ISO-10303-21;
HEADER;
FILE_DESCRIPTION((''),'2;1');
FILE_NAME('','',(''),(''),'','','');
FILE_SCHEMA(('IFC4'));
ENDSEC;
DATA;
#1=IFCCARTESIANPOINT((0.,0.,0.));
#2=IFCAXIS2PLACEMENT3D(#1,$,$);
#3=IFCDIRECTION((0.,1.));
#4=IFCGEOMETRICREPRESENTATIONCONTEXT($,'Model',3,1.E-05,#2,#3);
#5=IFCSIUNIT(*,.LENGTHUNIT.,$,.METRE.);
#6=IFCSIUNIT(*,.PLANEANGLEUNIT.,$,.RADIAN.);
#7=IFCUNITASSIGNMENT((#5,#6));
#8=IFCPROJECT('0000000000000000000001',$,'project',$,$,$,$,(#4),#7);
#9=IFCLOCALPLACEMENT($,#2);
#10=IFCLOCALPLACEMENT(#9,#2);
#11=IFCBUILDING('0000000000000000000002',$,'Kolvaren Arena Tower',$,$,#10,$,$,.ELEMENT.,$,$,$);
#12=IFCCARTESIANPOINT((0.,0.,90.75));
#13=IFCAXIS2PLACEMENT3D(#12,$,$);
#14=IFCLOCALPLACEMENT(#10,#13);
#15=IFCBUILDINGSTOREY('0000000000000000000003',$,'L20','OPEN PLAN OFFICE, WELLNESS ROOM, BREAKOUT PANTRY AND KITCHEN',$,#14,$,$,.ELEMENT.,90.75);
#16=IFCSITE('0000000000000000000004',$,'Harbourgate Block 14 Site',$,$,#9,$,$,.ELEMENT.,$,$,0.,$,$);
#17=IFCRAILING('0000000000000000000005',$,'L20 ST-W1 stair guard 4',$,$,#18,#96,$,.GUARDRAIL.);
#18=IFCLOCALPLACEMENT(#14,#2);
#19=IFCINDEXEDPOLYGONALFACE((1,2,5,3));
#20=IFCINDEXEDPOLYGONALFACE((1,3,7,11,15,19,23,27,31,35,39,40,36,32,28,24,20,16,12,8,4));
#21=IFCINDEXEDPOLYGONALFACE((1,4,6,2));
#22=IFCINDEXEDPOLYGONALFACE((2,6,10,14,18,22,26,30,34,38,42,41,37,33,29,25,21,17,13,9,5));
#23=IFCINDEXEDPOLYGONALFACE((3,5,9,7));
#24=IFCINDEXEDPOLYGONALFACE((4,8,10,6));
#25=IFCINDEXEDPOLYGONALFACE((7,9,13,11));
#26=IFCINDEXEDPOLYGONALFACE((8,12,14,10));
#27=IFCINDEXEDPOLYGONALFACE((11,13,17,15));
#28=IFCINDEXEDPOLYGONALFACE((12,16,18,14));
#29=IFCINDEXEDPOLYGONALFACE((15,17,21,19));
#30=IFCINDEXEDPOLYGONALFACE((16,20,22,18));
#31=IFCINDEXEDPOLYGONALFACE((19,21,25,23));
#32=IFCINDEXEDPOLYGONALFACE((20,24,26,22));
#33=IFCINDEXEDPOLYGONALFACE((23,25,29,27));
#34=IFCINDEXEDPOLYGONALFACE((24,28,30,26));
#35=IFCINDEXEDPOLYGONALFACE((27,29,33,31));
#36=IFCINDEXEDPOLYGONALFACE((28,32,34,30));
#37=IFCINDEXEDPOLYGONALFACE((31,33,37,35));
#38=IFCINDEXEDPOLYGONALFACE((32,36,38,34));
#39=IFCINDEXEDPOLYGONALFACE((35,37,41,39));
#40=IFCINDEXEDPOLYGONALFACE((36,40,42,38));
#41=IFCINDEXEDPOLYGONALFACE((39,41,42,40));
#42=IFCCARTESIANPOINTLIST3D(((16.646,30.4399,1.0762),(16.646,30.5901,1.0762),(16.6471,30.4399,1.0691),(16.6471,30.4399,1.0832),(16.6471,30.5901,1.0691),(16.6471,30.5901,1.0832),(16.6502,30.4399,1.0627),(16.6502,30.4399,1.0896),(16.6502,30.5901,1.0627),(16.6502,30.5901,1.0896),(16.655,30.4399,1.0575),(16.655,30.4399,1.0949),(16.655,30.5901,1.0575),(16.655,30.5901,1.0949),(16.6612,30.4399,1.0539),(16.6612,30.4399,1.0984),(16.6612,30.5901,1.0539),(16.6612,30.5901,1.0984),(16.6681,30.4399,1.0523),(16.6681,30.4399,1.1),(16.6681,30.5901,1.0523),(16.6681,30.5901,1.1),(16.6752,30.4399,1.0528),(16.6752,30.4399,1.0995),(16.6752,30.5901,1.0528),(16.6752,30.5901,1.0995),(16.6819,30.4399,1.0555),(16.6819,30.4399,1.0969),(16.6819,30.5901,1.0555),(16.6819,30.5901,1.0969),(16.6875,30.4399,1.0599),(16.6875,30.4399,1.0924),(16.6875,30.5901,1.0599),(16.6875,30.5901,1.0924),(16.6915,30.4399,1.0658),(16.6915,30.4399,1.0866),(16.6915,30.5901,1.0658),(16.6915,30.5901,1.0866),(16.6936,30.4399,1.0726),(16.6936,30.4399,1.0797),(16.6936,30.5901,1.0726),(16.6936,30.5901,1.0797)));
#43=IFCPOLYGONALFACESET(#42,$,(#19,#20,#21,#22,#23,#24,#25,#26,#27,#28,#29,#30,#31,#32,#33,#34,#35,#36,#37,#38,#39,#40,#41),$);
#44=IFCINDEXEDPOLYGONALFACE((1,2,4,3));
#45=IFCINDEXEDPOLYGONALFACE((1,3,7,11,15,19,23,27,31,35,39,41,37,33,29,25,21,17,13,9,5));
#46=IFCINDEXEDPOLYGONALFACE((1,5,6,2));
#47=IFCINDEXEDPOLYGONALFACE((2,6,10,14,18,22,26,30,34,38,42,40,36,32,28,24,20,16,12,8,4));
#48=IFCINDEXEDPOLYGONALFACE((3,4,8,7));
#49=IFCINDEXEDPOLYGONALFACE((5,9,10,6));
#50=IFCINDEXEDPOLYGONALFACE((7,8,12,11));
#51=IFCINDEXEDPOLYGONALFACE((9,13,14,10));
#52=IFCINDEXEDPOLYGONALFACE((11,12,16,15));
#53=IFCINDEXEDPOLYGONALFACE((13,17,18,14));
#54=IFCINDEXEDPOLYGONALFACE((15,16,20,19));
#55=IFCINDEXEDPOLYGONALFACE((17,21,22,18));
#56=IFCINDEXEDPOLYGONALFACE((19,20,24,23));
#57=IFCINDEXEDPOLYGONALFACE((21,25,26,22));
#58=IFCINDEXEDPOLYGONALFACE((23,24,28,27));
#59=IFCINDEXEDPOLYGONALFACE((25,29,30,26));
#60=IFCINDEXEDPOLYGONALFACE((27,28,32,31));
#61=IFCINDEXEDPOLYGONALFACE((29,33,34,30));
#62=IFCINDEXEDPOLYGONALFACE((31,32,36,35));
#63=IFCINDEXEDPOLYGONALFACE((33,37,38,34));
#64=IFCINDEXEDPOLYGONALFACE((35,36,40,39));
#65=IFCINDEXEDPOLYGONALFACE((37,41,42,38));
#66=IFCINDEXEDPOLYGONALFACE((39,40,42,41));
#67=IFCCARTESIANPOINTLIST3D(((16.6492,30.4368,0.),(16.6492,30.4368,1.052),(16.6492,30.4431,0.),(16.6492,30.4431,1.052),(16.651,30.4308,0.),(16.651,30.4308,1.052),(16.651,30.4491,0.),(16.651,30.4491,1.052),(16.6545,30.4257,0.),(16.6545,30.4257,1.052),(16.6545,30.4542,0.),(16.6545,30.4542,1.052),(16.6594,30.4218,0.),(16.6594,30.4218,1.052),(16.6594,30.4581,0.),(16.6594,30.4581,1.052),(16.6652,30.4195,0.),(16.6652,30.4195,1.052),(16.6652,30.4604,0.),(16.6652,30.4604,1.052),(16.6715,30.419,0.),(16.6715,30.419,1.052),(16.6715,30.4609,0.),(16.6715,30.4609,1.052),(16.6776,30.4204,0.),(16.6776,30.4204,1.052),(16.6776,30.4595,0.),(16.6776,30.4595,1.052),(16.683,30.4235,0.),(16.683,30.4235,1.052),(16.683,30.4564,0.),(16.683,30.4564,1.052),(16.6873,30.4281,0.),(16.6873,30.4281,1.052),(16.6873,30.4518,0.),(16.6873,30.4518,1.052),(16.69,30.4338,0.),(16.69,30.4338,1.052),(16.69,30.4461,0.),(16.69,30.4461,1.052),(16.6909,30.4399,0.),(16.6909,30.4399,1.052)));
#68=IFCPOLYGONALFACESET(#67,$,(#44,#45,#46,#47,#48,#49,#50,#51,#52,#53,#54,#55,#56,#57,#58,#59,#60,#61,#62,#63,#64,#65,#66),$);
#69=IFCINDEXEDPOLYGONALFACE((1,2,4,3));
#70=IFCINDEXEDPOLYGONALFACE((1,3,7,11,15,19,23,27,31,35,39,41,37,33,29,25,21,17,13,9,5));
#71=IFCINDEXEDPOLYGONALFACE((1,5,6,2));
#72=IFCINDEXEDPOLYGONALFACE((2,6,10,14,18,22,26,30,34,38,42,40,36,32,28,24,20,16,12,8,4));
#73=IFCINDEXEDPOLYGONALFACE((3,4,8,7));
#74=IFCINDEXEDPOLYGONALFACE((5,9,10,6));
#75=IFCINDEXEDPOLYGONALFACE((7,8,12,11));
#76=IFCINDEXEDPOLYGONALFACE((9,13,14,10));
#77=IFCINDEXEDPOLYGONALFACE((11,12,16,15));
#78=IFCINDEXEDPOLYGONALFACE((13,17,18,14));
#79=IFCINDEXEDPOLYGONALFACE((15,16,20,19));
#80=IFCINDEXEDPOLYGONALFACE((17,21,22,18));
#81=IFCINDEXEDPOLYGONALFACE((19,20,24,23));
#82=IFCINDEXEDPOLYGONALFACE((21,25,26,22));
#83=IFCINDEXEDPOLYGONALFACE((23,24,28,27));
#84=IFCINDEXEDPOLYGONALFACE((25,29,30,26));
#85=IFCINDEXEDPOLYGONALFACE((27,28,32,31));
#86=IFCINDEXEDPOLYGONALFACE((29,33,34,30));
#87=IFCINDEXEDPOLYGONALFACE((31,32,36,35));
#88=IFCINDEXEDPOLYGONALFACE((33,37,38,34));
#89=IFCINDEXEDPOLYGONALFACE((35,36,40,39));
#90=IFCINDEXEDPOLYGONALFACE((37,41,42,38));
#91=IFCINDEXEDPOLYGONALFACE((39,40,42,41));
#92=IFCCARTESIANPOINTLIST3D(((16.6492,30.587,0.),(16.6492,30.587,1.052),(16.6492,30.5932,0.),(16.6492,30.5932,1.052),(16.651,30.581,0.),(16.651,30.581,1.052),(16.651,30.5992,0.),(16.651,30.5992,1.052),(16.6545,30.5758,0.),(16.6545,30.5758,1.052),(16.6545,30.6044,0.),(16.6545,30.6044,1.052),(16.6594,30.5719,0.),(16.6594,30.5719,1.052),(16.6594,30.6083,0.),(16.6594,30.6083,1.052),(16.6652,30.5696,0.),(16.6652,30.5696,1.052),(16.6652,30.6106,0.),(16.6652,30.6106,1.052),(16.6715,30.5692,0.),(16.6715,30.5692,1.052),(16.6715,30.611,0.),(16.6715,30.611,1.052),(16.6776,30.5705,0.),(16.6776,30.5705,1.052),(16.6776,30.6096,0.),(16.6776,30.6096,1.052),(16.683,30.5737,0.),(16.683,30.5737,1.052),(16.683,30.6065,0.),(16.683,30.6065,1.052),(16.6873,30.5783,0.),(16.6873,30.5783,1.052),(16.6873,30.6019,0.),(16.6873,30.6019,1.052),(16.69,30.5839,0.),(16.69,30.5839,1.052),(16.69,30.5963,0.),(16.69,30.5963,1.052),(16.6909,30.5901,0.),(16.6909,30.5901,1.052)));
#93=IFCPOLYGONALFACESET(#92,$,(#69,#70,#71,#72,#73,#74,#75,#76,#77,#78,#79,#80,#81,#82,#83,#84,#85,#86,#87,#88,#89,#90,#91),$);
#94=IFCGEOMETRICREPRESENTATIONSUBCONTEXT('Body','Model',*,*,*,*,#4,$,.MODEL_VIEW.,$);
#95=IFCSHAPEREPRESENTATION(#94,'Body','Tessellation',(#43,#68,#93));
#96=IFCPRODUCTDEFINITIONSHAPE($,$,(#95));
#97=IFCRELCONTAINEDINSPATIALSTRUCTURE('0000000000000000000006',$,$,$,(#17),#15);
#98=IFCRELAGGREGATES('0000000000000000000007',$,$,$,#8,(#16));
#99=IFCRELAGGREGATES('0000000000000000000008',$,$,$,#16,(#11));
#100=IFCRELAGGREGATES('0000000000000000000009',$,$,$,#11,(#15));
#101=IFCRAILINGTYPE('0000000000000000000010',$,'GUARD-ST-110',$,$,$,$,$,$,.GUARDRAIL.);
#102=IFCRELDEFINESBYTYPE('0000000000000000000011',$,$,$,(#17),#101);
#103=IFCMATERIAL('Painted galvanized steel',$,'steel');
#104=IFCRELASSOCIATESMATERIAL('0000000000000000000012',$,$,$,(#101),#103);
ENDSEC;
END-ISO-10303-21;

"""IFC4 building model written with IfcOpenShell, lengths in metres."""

from ifc_helpers import new_model, si_unit, direction, frame, origin, origin_2d, place, context, subcontext, project, spatial, circle, extrude, material, type_object, element, save


model = new_model("IFC4")

# Units and contexts
model_context = context("Model", 3, precision=1e-05, world=origin(), true_north=direction((0.0, 1.0)))
body_context = subcontext(model_context, "Body", "Model", "MODEL_VIEW")
ifc_project = project(units=[si_unit("LENGTHUNIT", "METRE"), si_unit("PLANEANGLEUNIT", "RADIAN")], contexts=[model_context])

# Site, building, storey
site_placement = place(None, origin())
site = spatial("IfcSite", under=ifc_project, at=site_placement, Name="Harbourgate Block 14 Site", CompositionType="ELEMENT", RefElevation=0.0)
building_placement = place(site_placement, origin())
building = spatial("IfcBuilding", under=site, at=building_placement, Name="Kolvaren Arena Tower", CompositionType="ELEMENT")
storey_placement = place(building_placement, frame((0.0, 0.0, 90.75)))
storey = spatial("IfcBuildingStorey", under=building, at=storey_placement, Name="L20", Description="OPEN PLAN OFFICE, WELLNESS ROOM, BREAKOUT PANTRY AND KITCHEN", CompositionType="ELEMENT", Elevation=90.75)

# Railing
ifc_material_1 = material(Name="Painted galvanized steel", Category="steel")
railing_type_1 = type_object("IfcRailingType", Name="GUARD-ST-110", PredefinedType="GUARDRAIL", material=ifc_material_1)
railing_1_placement = place(storey_placement, frame((16.6699, 30.4399, 0.0)))
element("IfcRailing", 1, at=railing_1_placement, inside=storey, type_object=railing_type_1, Name="L20 ST-W1 stair guard 4", PredefinedType="GUARDRAIL", context=body_context, shape_type="SweptSolid", body=[
    extrude(circle(Radius=0.0239, at=origin_2d()), frame((0.0, 0.0, 1.0762), z_axis=(0.0, 1.0, 0.0), x_axis=(-1.0, 0.0, 0.0)), (0.0, 0.0, 1.0), 0.1501),
    extrude(circle(Radius=0.021, at=origin_2d()), origin(), (0.0, 0.0, 1.0), 1.052),
    extrude(circle(Radius=0.021, at=origin_2d()), frame((0.0, 0.1501, 0.0)), (0.0, 0.0, 1.0), 1.052),
])

save(model, "model.ifc")
